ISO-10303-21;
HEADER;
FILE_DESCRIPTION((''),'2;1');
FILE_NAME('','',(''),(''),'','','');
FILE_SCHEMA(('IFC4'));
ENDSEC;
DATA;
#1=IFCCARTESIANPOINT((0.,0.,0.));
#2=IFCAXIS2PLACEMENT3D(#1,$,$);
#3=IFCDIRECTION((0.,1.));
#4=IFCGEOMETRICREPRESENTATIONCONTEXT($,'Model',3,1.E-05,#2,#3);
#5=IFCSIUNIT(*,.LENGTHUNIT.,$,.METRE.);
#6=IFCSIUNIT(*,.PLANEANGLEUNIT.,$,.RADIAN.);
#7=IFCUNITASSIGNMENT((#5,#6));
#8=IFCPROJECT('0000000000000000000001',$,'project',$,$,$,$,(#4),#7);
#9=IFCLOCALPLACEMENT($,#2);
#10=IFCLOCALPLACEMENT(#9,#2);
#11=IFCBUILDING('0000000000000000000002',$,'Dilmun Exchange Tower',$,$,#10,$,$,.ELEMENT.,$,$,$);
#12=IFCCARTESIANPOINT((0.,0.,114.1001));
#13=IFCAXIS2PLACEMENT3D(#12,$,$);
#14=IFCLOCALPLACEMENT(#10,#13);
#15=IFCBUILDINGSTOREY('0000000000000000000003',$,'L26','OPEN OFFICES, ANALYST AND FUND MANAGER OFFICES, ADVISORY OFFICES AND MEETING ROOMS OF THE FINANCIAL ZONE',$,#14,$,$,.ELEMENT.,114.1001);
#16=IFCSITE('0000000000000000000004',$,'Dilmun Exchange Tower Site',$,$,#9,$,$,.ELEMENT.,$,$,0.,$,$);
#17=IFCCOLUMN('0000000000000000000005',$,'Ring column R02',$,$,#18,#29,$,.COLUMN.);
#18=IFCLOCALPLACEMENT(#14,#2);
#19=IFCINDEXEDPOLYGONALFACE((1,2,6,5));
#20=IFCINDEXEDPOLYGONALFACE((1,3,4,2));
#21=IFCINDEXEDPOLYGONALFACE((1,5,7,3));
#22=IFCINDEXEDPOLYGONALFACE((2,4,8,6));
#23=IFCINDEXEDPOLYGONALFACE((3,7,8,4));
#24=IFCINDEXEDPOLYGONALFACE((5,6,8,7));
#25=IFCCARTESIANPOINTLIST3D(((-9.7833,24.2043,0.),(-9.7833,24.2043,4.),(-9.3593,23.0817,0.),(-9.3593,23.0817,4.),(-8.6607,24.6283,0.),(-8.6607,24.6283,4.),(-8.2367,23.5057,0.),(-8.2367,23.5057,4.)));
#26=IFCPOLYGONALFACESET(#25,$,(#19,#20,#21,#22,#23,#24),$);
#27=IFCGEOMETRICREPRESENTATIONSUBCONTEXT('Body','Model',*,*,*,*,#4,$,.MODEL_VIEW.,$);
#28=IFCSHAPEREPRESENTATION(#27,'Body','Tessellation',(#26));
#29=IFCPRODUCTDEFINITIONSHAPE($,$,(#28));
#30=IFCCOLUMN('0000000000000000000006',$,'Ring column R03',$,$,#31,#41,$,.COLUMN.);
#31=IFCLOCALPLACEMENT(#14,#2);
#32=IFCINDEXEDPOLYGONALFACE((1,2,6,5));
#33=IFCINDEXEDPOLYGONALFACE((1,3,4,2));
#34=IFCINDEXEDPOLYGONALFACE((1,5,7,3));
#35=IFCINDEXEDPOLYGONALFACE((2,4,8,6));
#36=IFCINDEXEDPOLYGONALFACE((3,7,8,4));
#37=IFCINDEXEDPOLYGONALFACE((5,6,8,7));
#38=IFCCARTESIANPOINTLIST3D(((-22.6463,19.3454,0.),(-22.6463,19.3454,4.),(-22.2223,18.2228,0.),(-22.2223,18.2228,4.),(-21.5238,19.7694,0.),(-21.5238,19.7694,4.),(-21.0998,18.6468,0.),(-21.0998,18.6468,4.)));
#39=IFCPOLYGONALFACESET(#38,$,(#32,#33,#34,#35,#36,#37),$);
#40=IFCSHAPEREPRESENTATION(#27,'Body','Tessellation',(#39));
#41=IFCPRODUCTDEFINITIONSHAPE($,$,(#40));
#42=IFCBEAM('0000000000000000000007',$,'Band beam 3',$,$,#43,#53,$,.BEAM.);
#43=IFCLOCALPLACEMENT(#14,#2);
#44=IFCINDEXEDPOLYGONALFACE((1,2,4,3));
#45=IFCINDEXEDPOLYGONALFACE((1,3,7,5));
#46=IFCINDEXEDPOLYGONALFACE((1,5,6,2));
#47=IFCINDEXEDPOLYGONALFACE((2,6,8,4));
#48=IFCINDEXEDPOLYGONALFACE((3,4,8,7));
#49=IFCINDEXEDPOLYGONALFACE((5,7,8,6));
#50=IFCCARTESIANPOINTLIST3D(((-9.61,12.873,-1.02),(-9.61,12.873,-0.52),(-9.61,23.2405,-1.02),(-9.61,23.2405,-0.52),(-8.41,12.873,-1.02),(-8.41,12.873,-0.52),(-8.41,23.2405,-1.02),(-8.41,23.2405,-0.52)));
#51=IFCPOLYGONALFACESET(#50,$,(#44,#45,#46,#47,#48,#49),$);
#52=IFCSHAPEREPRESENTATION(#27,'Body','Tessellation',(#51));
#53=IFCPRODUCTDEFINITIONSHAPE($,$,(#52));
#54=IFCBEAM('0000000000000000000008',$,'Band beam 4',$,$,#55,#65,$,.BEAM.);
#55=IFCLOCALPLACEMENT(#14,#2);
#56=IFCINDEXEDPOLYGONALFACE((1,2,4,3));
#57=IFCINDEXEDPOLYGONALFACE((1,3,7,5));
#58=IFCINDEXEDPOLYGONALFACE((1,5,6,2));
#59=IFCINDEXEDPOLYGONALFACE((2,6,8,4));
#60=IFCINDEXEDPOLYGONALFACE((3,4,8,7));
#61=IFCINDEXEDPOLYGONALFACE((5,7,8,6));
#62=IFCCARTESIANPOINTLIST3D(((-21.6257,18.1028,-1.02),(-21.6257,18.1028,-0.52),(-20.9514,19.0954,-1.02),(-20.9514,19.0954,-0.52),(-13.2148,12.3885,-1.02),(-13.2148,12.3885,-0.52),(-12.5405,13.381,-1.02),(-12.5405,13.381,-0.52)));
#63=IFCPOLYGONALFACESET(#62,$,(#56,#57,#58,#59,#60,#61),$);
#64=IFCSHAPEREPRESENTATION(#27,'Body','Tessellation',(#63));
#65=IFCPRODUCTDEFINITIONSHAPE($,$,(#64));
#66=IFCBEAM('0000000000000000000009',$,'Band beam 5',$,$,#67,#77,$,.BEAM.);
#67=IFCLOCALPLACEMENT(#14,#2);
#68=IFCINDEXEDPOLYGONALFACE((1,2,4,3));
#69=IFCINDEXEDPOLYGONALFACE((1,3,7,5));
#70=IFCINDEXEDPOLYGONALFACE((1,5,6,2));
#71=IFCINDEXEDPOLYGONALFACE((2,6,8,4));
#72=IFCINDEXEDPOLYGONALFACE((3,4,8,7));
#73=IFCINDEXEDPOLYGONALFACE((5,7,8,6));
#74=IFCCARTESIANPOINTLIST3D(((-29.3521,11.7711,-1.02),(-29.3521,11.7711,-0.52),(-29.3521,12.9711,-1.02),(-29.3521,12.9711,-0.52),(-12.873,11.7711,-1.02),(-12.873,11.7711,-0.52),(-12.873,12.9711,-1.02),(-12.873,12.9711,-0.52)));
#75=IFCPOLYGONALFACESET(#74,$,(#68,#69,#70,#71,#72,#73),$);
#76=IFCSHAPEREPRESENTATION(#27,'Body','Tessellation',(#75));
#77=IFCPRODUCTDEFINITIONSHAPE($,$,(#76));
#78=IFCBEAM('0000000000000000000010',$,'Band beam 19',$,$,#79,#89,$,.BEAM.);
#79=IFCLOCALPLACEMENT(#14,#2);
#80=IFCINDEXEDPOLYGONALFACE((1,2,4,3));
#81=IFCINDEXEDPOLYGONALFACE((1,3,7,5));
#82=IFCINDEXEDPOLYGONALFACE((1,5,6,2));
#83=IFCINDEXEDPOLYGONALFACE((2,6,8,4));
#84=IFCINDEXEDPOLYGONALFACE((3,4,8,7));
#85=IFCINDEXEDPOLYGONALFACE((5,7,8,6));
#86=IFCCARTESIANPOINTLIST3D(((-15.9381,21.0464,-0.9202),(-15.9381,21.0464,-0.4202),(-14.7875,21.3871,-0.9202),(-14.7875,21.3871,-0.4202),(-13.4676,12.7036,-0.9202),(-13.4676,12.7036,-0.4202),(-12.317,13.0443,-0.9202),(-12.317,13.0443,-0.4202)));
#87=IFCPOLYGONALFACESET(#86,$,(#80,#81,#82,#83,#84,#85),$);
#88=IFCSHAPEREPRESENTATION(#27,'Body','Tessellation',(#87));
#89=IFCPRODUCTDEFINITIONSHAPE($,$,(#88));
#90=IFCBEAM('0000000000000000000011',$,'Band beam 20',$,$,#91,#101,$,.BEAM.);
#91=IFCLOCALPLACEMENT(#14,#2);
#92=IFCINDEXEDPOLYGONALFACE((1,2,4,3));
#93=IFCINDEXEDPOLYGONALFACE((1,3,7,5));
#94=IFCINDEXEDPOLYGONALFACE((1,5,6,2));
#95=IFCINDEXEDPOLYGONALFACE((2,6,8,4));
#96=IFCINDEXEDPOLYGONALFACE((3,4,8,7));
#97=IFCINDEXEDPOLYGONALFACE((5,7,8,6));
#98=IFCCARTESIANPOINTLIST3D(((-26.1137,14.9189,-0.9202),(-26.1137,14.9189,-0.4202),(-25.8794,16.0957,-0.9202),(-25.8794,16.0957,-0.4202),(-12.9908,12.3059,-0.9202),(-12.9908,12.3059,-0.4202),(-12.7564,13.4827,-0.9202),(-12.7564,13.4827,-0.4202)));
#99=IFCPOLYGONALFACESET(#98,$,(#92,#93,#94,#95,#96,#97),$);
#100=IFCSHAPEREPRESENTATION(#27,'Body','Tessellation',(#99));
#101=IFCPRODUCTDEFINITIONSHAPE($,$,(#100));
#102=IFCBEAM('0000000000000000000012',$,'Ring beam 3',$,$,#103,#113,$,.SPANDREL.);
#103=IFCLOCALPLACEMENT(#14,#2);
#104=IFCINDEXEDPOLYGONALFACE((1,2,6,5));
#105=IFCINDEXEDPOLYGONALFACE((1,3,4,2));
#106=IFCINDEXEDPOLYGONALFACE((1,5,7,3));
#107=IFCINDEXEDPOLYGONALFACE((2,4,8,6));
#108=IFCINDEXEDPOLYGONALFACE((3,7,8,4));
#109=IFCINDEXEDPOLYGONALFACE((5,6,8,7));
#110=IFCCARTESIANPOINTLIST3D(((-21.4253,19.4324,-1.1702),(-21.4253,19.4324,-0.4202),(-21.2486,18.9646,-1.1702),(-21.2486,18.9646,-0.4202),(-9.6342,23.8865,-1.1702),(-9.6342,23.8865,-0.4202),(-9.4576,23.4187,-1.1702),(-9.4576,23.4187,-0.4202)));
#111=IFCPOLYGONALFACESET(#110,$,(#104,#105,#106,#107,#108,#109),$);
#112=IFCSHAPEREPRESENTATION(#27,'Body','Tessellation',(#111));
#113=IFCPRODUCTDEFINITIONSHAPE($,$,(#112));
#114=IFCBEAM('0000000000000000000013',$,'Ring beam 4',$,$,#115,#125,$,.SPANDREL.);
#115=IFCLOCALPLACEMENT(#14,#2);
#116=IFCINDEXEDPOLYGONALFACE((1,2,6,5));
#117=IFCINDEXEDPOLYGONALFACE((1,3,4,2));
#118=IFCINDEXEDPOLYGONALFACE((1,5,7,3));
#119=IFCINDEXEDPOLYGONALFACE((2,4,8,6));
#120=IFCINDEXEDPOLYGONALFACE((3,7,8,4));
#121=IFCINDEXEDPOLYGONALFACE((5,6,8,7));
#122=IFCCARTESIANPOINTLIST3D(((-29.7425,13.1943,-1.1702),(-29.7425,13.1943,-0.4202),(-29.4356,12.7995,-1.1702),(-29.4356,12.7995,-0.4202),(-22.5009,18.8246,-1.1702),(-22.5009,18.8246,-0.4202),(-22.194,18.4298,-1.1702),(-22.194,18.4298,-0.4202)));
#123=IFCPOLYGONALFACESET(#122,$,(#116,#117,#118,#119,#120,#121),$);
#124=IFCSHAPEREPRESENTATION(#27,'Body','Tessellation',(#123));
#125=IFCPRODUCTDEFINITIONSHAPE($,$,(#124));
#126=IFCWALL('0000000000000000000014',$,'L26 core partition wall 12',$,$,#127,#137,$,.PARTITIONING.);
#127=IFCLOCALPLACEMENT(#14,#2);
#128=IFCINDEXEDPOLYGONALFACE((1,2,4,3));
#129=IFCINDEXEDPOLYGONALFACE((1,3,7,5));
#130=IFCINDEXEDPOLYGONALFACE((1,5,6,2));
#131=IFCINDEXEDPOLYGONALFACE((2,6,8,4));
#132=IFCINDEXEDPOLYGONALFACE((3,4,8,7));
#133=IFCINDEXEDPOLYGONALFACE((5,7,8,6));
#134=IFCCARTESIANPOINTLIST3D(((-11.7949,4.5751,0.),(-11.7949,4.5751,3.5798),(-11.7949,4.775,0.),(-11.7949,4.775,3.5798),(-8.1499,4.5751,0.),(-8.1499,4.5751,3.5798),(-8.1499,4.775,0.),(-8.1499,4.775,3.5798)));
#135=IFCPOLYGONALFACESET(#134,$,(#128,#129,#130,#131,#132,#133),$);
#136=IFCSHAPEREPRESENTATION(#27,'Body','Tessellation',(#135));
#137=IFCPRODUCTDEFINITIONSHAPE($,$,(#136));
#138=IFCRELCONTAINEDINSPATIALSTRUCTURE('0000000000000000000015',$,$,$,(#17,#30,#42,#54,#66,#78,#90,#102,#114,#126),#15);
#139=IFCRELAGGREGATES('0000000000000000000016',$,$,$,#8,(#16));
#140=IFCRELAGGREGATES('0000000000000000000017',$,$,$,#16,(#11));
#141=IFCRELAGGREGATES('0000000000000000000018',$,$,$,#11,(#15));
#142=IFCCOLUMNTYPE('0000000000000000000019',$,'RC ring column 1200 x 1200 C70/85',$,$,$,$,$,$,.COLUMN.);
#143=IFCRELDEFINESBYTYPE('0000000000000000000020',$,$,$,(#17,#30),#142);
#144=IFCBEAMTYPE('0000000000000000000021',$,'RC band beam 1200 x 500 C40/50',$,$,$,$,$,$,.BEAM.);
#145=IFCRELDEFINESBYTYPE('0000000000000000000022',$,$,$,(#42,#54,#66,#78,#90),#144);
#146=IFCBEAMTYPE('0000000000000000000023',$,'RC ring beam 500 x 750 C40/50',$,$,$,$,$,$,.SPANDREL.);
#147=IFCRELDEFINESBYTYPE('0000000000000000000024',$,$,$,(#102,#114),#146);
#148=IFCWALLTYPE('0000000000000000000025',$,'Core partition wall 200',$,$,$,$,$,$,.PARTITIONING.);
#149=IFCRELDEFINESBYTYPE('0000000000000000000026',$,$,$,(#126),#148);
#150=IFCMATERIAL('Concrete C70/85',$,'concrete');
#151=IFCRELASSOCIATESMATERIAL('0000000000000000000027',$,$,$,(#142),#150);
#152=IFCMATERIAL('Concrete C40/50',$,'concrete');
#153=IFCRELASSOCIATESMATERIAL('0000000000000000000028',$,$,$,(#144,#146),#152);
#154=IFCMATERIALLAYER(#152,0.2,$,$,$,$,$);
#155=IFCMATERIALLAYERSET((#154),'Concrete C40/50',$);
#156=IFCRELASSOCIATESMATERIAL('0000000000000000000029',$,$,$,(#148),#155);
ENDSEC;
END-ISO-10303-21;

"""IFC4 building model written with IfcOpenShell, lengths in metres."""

from ifc_helpers import new_model, si_unit, direction, frame, frame_2d, origin, origin_2d, place, context, subcontext, project, spatial, rectangle, extrude, material, layer, layer_set, material_profile, profile_set, type_object, element, save


model = new_model("IFC4")

# Units and contexts
model_context = context("Model", 3, precision=1e-05, world=origin(), true_north=direction((0.0, 1.0)))
body_context = subcontext(model_context, "Body", "Model", "MODEL_VIEW")
ifc_project = project(units=[si_unit("LENGTHUNIT", "METRE"), si_unit("PLANEANGLEUNIT", "RADIAN")], contexts=[model_context])

# Site, building, storey
site_placement = place(None, origin())
site = spatial("IfcSite", under=ifc_project, at=site_placement, Name="Dilmun Exchange Tower Site", CompositionType="ELEMENT", RefElevation=0.0)
building_placement = place(site_placement, origin())
building = spatial("IfcBuilding", under=site, at=building_placement, Name="Dilmun Exchange Tower", CompositionType="ELEMENT")
storey_placement = place(building_placement, frame((0.0, 0.0, 114.1001)))
storey = spatial("IfcBuildingStorey", under=building, at=storey_placement, Name="L26", Description="OPEN OFFICES, ANALYST AND FUND MANAGER OFFICES, ADVISORY OFFICES AND MEETING ROOMS OF THE FINANCIAL ZONE", CompositionType="ELEMENT", Elevation=114.1001)

# Columns
ifc_material_1 = material(Name="Concrete C70/85", Category="concrete")
ifc_material_profile_1 = material_profile(ifc_material_1, rectangle(XDim=1.2, YDim=1.2, at=origin_2d()), Name="1200 x 1200")
ifc_profile_set_1 = profile_set([ifc_material_profile_1], Name="Concrete C70/85")
column_type = type_object("IfcColumnType", Name="RC ring column 1200 x 1200 C70/85", PredefinedType="COLUMN", material=ifc_profile_set_1)
for number, where, z_axis, x_axis, name in (
    (1, (-9.01, 23.855, 0.0), (0.0, 0.0, 1.0), (0.935492, 0.353349, 0.0), "Ring column R02"),
    (2, (-21.873, 18.9961, 0.0), (0.0, 0.0, 1.0), (0.935492, 0.353349, 0.0), "Ring column R03"),
):
    element("IfcColumn", number, at=place(storey_placement, frame(where, z_axis=z_axis, x_axis=x_axis)), inside=storey, type_object=column_type, Name=name, PredefinedType="COLUMN", context=body_context, shape_type="SweptSolid", body=[
        extrude(rectangle(XDim=1.2, YDim=1.2, at=origin_2d()), origin(), (0.0, 0.0, 1.0), 4.0),
    ])

# Beams
ifc_material_2 = material(Name="Concrete C40/50", Category="concrete")
ifc_material_profile_2 = material_profile(ifc_material_2, rectangle(XDim=1.2, YDim=0.5, at=origin_2d()), Name="1200 x 500")
ifc_profile_set_2 = profile_set([ifc_material_profile_2], Name="Concrete C40/50")
beam_type_1 = type_object("IfcBeamType", Name="RC band beam 1200 x 500 C40/50", PredefinedType="BEAM", material=ifc_profile_set_2)
beam_1_placement = place(storey_placement, frame((-9.01, 23.2405, -0.77), z_axis=(0.0, -1.0, 0.0), x_axis=(1.0, 0.0, 0.0)))
element("IfcBeam", 3, at=beam_1_placement, inside=storey, type_object=beam_type_1, Name="Band beam 3", PredefinedType="BEAM", context=body_context, shape_type="SweptSolid", body=[
    extrude(rectangle(XDim=1.2, YDim=0.5, at=origin_2d()), origin(), (0.0, 0.0, 1.0), 10.3674),
])
beam_2_placement = place(storey_placement, frame((-21.2886, 18.5991, -0.77), z_axis=(0.827157, -0.56197, 0.0), x_axis=(0.56197, 0.827157, 0.0)))
element("IfcBeam", 4, at=beam_2_placement, inside=storey, type_object=beam_type_1, Name="Band beam 4", PredefinedType="BEAM", context=body_context, shape_type="SweptSolid", body=[
    extrude(rectangle(XDim=1.2, YDim=0.5, at=origin_2d()), origin(), (0.0, 0.0, 1.0), 10.1685),
])
beam_3_placement = place(storey_placement, frame((-29.3521, 12.3711, -0.77), z_axis=(1.0, 0.0, 0.0), x_axis=(0.0, 1.0, 0.0)))
element("IfcBeam", 5, at=beam_3_placement, inside=storey, type_object=beam_type_1, Name="Band beam 5", PredefinedType="BEAM", context=body_context, shape_type="SweptSolid", body=[
    extrude(rectangle(XDim=1.2, YDim=0.5, at=origin_2d()), origin(), (0.0, 0.0, 1.0), 16.479),
])
beam_4_placement = place(storey_placement, frame((-15.3628, 21.2168, -0.6702), z_axis=(0.283933, -0.958844, 0.0), x_axis=(0.958844, 0.283933, 0.0)))
element("IfcBeam", 6, at=beam_4_placement, inside=storey, type_object=beam_type_1, Name="Band beam 19", PredefinedType="BEAM", context=body_context, shape_type="SweptSolid", body=[
    extrude(rectangle(XDim=1.2, YDim=0.5, at=origin_2d()), origin(), (0.0, 0.0, 1.0), 8.7009),
])
beam_5_placement = place(storey_placement, frame((-25.9966, 15.5073, -0.6702), z_axis=(0.980747, -0.195284, 0.0), x_axis=(0.195284, 0.980747, 0.0)))
element("IfcBeam", 7, at=beam_5_placement, inside=storey, type_object=beam_type_1, Name="Band beam 20", PredefinedType="BEAM", context=body_context, shape_type="SweptSolid", body=[
    extrude(rectangle(XDim=1.2, YDim=0.5, at=origin_2d()), origin(), (0.0, 0.0, 1.0), 13.3806),
])
ifc_material_profile_3 = material_profile(ifc_material_2, rectangle(XDim=0.5, YDim=0.75, at=origin_2d()), Name="500 x 750")
ifc_profile_set_3 = profile_set([ifc_material_profile_3], Name="Concrete C40/50")
beam_type_2 = type_object("IfcBeamType", Name="RC ring beam 500 x 750 C40/50", PredefinedType="SPANDREL", material=ifc_profile_set_3)
beam_6_placement = place(storey_placement, frame((-9.5459, 23.6526, -0.7952), z_axis=(-0.935479, -0.353381, 0.0), x_axis=(0.353381, -0.935479, 0.0)))
element("IfcBeam", 8, at=beam_6_placement, inside=storey, type_object=beam_type_2, Name="Ring beam 3", PredefinedType="SPANDREL", context=body_context, shape_type="SweptSolid", body=[
    extrude(rectangle(XDim=0.5, YDim=0.75, at=origin_2d()), origin(), (0.0, 0.0, 1.0), 12.6042),
])
beam_7_placement = place(storey_placement, frame((-22.3474, 18.6272, -0.7952), z_axis=(-0.789461, -0.613801, 0.0), x_axis=(0.613801, -0.789461, 0.0)))
element("IfcBeam", 9, at=beam_7_placement, inside=storey, type_object=beam_type_2, Name="Ring beam 4", PredefinedType="SPANDREL", context=body_context, shape_type="SweptSolid", body=[
    extrude(rectangle(XDim=0.5, YDim=0.75, at=origin_2d()), origin(), (0.0, 0.0, 1.0), 9.1729),
])

# Wall
ifc_layer_1 = layer(ifc_material_2, 0.2)
ifc_layer_set_1 = layer_set([ifc_layer_1], Name="Concrete C40/50")
wall_type_1 = type_object("IfcWallType", Name="Core partition wall 200", PredefinedType="PARTITIONING", material=ifc_layer_set_1)
wall_1_placement = place(storey_placement, frame((-11.7949, 4.675, 0.0), z_axis=(0.0, 0.0, 1.0), x_axis=(1.0, 0.0, 0.0)))
element("IfcWall", 10, at=wall_1_placement, inside=storey, type_object=wall_type_1, Name="L26 core partition wall 12", PredefinedType="PARTITIONING", context=body_context, shape_type="SweptSolid", body=[
    extrude(rectangle(XDim=3.645, YDim=0.2, at=frame_2d((1.8225, 0.0))), origin(), (0.0, 0.0, 1.0), 3.5798),
])

save(model, "model.ifc")
